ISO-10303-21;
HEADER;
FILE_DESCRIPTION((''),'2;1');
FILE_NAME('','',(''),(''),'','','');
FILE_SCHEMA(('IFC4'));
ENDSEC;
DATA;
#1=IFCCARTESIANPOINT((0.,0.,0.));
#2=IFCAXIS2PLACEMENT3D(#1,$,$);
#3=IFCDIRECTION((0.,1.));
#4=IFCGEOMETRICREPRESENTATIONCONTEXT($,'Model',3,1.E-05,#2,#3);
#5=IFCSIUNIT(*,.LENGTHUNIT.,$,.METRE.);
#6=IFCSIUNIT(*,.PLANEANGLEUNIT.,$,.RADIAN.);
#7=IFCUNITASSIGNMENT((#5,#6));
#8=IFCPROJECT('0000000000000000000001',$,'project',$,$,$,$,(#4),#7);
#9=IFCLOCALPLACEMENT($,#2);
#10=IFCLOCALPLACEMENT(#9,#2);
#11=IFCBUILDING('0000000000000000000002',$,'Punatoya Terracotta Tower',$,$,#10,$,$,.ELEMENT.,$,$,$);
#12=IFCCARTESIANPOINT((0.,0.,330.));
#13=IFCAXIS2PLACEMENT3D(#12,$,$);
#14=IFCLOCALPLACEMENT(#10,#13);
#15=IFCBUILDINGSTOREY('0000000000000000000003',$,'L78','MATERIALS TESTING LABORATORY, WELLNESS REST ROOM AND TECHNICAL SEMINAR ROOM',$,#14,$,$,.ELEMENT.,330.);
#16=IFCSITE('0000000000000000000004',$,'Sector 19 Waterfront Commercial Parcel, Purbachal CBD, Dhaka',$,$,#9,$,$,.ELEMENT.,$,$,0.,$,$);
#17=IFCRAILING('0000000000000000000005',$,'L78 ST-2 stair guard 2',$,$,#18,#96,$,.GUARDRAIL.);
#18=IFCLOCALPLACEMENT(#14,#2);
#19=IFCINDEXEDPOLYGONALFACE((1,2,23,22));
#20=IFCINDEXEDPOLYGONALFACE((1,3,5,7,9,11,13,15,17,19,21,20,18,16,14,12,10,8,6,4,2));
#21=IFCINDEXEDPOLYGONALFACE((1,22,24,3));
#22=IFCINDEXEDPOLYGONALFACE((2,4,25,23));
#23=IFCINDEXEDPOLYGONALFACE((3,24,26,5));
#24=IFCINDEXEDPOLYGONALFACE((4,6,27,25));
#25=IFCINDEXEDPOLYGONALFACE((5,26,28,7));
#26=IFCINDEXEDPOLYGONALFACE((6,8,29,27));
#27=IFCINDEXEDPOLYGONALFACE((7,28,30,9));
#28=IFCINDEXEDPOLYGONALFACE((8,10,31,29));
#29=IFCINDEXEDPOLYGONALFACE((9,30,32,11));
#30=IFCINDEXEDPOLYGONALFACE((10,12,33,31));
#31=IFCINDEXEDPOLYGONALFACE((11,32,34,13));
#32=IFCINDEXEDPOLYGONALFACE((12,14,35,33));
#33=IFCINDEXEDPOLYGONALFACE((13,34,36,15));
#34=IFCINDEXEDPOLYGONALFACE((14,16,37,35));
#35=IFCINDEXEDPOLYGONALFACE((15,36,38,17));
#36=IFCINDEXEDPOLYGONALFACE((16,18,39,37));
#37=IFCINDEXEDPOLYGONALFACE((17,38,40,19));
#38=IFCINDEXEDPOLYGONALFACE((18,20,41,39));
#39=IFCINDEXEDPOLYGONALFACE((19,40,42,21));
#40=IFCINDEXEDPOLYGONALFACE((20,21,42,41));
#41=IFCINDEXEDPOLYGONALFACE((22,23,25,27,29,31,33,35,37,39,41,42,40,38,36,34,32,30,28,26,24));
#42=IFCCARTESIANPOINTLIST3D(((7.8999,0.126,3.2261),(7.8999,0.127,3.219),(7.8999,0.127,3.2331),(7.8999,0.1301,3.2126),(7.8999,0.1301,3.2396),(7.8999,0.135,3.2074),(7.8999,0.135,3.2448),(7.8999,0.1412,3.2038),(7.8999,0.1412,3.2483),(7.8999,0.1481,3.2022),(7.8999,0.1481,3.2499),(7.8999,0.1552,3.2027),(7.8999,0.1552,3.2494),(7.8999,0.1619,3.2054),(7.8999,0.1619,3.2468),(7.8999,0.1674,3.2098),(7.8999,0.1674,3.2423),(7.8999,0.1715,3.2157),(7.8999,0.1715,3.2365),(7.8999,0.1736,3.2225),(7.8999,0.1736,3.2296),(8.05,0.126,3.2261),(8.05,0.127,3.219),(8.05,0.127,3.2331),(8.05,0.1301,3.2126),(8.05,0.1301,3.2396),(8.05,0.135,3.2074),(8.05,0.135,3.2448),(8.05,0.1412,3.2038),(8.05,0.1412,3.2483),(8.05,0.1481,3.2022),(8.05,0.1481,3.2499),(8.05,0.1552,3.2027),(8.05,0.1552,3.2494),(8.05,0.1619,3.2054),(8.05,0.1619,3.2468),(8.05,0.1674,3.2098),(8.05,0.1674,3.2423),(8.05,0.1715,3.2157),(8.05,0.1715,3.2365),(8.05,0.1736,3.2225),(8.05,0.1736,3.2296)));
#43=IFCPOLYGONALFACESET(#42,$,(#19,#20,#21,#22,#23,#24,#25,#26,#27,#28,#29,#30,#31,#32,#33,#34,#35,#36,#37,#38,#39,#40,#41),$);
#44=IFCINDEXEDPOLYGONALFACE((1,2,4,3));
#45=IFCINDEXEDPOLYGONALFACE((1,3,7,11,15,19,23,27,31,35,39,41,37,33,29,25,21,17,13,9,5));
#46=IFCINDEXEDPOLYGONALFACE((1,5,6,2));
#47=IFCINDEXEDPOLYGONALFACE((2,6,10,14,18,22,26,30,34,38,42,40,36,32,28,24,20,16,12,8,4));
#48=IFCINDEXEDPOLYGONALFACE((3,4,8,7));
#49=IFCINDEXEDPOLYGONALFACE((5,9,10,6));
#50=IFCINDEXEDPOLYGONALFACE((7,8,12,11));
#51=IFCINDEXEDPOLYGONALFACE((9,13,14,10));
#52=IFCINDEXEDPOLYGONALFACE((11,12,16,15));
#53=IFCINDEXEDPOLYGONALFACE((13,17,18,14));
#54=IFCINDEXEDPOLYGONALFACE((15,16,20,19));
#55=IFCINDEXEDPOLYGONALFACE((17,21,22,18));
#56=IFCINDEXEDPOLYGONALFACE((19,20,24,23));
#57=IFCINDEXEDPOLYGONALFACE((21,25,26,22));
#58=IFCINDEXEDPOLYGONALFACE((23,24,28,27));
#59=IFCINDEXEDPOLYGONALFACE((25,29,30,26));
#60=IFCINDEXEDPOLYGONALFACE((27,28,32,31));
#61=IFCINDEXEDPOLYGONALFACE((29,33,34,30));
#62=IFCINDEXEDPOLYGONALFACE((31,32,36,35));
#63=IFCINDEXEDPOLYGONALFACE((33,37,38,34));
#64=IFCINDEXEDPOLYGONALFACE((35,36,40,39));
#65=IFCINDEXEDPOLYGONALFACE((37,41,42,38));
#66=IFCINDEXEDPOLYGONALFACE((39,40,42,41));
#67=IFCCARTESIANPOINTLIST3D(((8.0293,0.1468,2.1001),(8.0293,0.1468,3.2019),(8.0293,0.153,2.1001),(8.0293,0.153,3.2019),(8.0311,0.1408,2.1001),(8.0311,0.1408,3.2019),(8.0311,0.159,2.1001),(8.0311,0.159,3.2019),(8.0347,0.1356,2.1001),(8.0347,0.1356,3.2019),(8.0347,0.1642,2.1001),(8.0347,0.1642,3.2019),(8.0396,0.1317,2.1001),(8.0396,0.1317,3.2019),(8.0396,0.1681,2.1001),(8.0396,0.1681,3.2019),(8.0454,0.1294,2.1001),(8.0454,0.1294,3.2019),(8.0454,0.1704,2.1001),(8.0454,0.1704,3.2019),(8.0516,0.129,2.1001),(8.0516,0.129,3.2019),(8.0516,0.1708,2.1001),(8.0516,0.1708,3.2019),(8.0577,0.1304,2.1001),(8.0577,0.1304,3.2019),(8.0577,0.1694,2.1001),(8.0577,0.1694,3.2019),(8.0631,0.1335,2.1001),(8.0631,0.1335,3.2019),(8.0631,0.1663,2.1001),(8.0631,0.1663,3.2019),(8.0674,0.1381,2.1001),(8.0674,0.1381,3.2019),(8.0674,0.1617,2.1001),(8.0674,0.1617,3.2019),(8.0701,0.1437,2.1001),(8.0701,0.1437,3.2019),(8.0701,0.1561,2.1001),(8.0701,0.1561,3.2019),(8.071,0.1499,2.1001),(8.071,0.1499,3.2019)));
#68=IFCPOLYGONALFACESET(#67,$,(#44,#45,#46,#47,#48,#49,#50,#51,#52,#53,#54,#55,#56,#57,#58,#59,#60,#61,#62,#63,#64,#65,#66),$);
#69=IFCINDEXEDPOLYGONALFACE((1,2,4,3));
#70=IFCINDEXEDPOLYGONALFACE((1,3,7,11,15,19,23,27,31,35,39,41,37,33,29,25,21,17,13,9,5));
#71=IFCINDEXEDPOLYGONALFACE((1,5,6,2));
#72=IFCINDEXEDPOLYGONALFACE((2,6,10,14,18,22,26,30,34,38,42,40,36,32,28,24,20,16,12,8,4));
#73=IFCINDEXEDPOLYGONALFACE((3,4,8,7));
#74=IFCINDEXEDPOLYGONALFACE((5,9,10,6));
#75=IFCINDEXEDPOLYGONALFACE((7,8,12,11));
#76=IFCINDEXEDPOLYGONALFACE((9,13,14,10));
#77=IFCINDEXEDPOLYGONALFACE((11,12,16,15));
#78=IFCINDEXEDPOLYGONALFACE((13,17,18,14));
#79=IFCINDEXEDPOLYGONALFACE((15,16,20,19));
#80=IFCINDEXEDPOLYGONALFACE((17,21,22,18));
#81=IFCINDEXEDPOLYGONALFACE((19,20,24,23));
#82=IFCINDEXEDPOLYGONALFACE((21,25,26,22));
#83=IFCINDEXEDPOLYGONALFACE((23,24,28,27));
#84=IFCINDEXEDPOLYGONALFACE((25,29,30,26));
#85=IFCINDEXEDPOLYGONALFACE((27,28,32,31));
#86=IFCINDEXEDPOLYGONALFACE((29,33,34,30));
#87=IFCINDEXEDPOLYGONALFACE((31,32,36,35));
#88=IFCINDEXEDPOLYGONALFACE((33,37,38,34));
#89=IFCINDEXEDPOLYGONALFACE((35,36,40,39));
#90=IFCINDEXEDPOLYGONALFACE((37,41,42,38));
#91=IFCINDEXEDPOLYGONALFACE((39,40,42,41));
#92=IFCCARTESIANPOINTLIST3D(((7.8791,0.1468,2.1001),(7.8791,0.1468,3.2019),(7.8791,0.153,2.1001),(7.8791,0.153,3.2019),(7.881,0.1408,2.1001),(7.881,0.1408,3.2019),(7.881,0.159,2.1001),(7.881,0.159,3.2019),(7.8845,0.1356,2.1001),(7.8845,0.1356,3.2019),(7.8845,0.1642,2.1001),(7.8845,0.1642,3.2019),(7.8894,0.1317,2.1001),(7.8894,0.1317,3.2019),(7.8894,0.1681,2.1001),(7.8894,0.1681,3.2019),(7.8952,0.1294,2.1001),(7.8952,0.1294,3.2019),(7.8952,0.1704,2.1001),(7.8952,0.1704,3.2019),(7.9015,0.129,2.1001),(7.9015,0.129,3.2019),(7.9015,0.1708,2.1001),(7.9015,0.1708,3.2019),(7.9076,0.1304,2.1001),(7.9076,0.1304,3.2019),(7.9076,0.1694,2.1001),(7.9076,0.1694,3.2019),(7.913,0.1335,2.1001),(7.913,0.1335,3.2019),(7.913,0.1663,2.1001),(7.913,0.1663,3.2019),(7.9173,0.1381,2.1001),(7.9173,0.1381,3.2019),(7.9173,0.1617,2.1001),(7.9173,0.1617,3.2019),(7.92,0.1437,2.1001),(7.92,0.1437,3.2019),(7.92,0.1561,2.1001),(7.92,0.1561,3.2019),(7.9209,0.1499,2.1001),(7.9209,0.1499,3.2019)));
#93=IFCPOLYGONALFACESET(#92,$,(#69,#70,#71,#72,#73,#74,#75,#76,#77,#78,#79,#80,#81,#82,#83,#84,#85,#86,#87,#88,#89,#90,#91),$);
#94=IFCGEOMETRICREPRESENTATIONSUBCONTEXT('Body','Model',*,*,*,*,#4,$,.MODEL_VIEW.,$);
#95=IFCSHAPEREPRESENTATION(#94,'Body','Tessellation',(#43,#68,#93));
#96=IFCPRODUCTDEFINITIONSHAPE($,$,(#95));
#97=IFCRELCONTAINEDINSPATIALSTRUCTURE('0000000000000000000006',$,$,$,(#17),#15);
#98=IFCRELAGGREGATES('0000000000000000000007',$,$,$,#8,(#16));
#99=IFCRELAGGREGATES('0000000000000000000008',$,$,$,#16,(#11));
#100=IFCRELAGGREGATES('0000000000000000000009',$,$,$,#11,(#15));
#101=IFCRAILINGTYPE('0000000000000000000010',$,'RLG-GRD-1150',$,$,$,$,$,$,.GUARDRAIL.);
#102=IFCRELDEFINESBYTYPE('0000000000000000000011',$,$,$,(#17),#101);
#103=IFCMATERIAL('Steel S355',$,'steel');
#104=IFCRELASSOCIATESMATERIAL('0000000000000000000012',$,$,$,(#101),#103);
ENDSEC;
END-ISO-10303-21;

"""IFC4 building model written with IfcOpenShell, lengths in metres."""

from ifc_helpers import new_model, si_unit, direction, frame, origin, origin_2d, place, context, subcontext, project, spatial, circle, extrude, material, type_object, element, save


model = new_model("IFC4")

# Units and contexts
model_context = context("Model", 3, precision=1e-05, world=origin(), true_north=direction((0.0, 1.0)))
body_context = subcontext(model_context, "Body", "Model", "MODEL_VIEW")
ifc_project = project(units=[si_unit("LENGTHUNIT", "METRE"), si_unit("PLANEANGLEUNIT", "RADIAN")], contexts=[model_context])

# Site, building, storey
site_placement = place(None, origin())
site = spatial("IfcSite", under=ifc_project, at=site_placement, Name="Sector 19 Waterfront Commercial Parcel, Purbachal CBD, Dhaka", CompositionType="ELEMENT", RefElevation=0.0)
building_placement = place(site_placement, origin())
building = spatial("IfcBuilding", under=site, at=building_placement, Name="Punatoya Terracotta Tower", CompositionType="ELEMENT")
storey_placement = place(building_placement, frame((0.0, 0.0, 330.0)))
storey = spatial("IfcBuildingStorey", under=building, at=storey_placement, Name="L78", Description="MATERIALS TESTING LABORATORY, WELLNESS REST ROOM AND TECHNICAL SEMINAR ROOM", CompositionType="ELEMENT", Elevation=330.0)

# Shared definitions
ifc_material_1 = material(Name="Steel S355", Category="steel")

# Railing
railing_type_1 = type_object("IfcRailingType", Name="RLG-GRD-1150", PredefinedType="GUARDRAIL", material=ifc_material_1)
railing_1_placement = place(storey_placement, frame((8.05, 0.1499, 2.1001)))
element("IfcRailing", 1, at=railing_1_placement, inside=storey, type_object=railing_type_1, Name="L78 ST-2 stair guard 2", PredefinedType="GUARDRAIL", context=body_context, shape_type="SweptSolid", body=[
    extrude(circle(Radius=0.0239, at=origin_2d()), frame((0.0, 0.0, 1.126), z_axis=(-1.0, 0.0, 0.0), x_axis=(0.0, -1.0, 0.0)), (0.0, 0.0, 1.0), 0.1501),
    extrude(circle(Radius=0.021, at=origin_2d()), origin(), (0.0, 0.0, 1.0), 1.1018),
    extrude(circle(Radius=0.021, at=origin_2d()), frame((-0.1501, 0.0, 0.0)), (0.0, 0.0, 1.0), 1.1018),
])

save(model, "model.ifc")
